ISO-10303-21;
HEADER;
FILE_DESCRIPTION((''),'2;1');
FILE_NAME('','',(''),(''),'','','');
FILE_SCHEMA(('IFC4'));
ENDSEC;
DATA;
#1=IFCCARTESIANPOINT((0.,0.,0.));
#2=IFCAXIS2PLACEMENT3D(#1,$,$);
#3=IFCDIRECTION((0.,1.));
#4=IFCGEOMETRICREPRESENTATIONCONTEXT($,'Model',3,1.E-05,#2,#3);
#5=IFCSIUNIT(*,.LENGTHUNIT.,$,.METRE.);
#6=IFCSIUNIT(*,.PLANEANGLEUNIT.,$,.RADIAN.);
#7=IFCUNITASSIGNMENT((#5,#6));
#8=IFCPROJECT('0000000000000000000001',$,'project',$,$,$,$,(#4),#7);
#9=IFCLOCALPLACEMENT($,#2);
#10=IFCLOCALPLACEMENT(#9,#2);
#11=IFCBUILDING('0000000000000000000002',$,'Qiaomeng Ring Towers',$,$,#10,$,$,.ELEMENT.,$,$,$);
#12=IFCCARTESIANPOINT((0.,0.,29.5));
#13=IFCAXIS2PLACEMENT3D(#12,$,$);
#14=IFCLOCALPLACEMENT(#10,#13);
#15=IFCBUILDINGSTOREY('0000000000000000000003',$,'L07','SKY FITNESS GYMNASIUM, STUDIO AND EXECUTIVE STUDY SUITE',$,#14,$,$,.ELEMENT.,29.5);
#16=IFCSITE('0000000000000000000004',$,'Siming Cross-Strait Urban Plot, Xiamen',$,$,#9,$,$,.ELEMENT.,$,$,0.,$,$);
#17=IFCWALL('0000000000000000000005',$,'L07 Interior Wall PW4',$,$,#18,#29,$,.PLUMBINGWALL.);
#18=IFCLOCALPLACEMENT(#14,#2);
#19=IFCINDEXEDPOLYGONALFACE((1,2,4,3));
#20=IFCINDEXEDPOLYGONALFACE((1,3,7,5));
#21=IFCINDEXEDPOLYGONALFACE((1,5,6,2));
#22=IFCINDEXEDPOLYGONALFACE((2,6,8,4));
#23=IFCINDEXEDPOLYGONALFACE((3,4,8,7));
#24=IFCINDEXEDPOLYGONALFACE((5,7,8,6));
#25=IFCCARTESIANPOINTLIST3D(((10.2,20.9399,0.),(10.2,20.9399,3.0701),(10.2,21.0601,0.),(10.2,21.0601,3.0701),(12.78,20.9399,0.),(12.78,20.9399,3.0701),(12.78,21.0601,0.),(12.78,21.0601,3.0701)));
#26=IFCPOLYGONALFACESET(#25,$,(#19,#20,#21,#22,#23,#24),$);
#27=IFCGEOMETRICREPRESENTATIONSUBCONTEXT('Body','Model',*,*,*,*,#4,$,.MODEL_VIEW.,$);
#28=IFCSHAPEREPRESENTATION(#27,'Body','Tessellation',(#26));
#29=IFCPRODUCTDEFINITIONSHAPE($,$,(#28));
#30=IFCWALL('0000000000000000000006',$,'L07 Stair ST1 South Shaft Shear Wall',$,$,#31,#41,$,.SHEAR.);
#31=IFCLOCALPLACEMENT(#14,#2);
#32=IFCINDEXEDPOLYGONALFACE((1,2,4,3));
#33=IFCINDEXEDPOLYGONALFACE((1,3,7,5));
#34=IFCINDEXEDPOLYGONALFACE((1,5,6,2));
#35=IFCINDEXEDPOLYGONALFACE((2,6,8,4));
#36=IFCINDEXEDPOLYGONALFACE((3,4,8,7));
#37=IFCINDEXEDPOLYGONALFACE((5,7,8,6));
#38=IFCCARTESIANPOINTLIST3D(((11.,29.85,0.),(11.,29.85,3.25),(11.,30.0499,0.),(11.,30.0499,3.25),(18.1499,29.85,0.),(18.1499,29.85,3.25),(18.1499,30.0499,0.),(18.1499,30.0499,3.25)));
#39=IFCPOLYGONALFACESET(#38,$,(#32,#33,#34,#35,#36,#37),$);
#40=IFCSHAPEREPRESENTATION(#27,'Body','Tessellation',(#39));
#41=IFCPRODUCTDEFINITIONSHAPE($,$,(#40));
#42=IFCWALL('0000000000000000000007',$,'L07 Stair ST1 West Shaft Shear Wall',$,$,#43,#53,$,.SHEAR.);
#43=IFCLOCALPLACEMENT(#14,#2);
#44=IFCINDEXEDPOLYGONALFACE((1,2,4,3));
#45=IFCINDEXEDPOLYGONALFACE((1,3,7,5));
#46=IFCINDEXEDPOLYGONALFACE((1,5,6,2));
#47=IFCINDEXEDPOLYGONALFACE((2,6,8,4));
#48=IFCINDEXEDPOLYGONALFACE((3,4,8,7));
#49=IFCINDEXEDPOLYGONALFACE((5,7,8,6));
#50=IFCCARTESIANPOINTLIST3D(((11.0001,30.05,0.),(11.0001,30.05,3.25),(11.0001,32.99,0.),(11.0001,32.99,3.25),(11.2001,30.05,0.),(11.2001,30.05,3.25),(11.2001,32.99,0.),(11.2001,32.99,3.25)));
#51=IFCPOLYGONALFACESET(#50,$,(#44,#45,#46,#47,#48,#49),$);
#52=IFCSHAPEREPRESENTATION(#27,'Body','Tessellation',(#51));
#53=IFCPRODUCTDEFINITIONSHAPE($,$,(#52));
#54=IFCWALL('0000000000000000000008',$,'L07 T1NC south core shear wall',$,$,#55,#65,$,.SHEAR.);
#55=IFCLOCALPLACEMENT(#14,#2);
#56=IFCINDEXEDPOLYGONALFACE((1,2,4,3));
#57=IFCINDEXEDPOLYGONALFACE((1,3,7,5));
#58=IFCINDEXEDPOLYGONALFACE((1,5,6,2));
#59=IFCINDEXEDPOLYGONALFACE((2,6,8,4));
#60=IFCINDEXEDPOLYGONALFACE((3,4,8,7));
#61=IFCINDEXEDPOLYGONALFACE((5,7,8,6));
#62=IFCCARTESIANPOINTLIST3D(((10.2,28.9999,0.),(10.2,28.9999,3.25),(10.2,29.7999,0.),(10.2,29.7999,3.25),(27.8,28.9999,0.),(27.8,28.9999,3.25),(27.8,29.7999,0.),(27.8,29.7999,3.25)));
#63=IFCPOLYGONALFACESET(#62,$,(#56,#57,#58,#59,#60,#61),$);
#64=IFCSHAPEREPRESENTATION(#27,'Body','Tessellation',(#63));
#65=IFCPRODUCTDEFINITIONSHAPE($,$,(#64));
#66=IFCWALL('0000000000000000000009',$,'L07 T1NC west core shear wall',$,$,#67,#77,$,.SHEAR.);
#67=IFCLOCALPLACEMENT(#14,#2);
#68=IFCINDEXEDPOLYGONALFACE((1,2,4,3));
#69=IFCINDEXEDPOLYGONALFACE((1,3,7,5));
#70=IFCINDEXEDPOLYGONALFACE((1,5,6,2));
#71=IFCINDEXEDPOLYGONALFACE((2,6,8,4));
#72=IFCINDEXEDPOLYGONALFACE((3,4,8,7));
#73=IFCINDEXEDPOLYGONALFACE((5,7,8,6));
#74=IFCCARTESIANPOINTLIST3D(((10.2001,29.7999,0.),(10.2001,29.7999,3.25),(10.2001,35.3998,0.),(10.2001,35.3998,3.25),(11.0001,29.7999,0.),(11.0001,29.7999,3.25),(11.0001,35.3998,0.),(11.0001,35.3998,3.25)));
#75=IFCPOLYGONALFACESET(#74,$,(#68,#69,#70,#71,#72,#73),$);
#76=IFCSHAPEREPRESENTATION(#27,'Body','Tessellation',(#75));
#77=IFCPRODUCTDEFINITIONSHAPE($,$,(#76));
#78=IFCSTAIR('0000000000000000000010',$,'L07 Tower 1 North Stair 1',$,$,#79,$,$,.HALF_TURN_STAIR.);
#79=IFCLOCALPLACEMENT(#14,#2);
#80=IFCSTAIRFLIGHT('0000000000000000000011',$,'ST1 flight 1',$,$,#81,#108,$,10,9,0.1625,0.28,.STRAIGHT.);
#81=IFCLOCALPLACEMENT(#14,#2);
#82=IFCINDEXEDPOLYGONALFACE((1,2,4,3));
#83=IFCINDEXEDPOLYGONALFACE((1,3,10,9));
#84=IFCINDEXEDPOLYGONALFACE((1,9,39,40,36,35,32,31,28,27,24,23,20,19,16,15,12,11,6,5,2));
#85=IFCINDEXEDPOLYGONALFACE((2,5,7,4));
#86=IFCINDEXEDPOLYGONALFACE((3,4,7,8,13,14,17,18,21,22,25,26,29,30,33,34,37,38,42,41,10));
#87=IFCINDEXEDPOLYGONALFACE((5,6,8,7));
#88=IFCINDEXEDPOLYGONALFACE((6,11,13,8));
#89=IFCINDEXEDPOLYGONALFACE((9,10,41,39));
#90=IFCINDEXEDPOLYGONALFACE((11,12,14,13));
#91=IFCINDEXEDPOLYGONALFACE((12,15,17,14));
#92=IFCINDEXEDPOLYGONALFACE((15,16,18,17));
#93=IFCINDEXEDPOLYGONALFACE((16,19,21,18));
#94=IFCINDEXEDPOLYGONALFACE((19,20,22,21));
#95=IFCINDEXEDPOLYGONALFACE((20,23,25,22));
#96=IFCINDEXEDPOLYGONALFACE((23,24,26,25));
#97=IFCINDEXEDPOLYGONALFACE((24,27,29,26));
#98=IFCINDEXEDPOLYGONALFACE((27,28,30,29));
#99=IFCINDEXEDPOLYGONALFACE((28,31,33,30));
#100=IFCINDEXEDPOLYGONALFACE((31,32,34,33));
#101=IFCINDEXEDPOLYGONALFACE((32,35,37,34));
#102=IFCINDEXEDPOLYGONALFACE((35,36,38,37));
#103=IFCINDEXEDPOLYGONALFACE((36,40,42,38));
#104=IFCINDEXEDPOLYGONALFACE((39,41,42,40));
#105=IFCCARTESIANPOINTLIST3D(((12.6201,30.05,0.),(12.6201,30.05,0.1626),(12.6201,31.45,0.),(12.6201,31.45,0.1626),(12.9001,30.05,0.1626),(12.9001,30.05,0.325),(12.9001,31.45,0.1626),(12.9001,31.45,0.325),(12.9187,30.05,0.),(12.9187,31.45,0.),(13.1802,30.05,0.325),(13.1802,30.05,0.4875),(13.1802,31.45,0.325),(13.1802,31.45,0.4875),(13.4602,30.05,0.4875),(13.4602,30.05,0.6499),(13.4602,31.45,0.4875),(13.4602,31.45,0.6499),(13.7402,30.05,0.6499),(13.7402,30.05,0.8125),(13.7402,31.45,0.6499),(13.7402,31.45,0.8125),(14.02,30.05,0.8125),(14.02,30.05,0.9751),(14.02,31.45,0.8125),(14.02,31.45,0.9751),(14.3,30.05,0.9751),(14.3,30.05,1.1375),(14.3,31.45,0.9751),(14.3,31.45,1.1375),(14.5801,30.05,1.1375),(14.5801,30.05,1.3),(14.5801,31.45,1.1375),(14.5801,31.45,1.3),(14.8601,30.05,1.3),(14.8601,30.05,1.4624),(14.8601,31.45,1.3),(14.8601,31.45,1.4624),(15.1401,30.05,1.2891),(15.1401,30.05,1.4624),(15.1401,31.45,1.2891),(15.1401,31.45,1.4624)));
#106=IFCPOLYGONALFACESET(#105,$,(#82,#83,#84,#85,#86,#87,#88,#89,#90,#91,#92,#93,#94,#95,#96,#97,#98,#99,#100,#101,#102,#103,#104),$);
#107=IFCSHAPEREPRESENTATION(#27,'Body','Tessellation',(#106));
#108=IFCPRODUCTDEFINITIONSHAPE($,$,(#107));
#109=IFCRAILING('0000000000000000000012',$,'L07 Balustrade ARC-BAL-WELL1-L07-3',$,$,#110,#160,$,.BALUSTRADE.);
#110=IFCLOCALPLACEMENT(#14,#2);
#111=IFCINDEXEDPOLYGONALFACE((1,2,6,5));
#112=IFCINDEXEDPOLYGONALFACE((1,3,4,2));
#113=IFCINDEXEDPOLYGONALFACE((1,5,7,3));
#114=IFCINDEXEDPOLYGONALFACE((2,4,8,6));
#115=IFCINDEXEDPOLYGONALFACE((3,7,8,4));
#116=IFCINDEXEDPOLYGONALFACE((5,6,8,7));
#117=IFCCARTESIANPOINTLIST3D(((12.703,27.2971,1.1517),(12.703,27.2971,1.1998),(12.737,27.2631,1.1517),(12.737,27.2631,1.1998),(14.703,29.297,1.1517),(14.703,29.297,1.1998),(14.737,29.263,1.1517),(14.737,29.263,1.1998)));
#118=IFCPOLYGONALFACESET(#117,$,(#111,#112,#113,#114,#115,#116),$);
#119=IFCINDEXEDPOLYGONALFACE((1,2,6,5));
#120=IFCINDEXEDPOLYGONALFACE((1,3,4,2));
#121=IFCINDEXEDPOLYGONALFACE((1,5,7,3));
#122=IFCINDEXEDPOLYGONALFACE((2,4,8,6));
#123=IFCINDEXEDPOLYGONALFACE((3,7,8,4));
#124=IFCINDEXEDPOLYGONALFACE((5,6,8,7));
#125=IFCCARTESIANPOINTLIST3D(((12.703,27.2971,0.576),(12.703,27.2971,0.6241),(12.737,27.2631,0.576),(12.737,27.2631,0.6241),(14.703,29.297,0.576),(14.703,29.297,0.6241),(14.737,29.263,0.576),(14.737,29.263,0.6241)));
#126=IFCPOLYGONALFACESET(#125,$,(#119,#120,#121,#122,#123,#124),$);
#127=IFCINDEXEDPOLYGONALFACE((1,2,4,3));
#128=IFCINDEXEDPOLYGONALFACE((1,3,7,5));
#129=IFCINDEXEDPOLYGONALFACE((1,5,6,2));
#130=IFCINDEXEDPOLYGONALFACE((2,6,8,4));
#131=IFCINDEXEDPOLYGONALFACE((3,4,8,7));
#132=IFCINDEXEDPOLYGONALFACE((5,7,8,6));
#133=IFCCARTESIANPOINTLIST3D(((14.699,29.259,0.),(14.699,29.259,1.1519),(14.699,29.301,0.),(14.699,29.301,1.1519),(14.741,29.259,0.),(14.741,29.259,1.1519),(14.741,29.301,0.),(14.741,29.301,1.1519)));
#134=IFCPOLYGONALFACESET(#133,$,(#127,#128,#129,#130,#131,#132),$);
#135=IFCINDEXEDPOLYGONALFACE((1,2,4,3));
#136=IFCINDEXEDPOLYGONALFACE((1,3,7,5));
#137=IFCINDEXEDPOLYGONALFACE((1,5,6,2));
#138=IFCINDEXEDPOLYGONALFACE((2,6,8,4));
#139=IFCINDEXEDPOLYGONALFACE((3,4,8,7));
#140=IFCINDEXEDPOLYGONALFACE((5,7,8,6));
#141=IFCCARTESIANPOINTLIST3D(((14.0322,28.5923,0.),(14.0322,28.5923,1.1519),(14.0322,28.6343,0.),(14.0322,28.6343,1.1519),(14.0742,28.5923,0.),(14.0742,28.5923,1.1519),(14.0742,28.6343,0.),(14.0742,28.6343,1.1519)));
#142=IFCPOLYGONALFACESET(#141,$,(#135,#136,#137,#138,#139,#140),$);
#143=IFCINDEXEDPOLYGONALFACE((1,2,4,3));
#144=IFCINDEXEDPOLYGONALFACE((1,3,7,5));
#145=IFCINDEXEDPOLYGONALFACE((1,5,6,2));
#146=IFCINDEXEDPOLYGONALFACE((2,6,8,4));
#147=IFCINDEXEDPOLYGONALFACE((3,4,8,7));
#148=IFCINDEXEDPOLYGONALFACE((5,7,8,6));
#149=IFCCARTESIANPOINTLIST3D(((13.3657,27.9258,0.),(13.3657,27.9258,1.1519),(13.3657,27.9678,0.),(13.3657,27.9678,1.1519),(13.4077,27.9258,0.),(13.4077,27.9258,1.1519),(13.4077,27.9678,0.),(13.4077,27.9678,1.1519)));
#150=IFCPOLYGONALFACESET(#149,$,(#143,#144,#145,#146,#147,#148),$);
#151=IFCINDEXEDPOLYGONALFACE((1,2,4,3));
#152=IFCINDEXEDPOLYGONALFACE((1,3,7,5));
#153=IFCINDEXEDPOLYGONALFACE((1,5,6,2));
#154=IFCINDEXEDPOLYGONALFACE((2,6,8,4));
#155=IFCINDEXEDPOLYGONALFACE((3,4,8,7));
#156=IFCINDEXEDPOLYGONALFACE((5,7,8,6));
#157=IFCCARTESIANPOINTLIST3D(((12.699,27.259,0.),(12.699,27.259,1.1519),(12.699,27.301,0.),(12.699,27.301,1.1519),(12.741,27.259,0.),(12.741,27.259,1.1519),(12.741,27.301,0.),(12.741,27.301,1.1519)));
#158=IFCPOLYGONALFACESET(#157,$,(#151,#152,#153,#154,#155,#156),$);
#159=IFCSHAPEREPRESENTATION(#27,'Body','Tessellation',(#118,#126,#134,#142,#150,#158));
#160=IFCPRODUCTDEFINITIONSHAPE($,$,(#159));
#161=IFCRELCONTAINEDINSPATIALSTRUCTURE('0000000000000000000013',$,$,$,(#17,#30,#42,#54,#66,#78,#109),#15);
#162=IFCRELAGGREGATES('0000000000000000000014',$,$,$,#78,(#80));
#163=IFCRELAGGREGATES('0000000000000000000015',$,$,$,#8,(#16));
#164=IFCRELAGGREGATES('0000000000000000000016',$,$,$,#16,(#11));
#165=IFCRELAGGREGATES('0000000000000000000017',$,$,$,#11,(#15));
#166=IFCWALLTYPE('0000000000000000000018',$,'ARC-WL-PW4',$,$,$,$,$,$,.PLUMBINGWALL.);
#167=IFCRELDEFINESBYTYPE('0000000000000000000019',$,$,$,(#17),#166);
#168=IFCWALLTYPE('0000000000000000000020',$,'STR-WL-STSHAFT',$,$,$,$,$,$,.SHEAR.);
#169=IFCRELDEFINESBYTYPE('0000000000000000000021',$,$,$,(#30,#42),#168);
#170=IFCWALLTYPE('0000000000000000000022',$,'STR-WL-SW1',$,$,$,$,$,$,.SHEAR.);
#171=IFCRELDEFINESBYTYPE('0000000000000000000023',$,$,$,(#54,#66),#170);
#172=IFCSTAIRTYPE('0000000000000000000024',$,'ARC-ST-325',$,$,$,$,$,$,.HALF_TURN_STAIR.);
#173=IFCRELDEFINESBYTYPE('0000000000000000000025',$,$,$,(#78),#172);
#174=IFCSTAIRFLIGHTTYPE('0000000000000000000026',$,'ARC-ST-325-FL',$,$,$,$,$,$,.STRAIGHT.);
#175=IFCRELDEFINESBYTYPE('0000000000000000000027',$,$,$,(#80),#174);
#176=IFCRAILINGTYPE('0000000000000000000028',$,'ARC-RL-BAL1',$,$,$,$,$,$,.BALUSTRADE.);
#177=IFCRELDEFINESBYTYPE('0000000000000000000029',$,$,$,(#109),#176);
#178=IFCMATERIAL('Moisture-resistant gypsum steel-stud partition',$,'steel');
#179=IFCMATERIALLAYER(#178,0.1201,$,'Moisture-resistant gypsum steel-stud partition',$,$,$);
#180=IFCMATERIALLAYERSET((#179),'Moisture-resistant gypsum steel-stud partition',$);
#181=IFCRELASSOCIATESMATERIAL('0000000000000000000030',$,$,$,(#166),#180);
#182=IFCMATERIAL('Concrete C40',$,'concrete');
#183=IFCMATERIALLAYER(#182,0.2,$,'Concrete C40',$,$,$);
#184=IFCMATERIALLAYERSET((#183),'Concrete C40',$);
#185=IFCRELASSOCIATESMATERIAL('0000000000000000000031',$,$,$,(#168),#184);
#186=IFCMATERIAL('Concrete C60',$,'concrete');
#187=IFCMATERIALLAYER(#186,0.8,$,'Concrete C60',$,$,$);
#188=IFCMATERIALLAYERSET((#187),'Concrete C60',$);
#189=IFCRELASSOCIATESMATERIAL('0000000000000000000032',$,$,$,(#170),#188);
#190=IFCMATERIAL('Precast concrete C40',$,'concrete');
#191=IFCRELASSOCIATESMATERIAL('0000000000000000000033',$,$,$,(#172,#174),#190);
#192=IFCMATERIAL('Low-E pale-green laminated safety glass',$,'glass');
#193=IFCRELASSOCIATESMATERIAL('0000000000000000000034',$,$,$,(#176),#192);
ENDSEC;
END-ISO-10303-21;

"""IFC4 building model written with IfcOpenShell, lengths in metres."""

from ifc_helpers import new_model, si_unit, direction, frame, frame_2d, origin, origin_2d, place, context, subcontext, project, spatial, polyline, rectangle, outline, extrude, source, transform, mapped, material, layer, layer_set, type_object, element, aggregate, save


model = new_model("IFC4")

# Units and contexts
model_context = context("Model", 3, precision=1e-05, world=origin(), true_north=direction((0.0, 1.0)))
body_context = subcontext(model_context, "Body", "Model", "MODEL_VIEW")
ifc_project = project(units=[si_unit("LENGTHUNIT", "METRE"), si_unit("PLANEANGLEUNIT", "RADIAN")], contexts=[model_context])

# Site, building, storey
site_placement = place(None, origin())
site = spatial("IfcSite", under=ifc_project, at=site_placement, Name="Siming Cross-Strait Urban Plot, Xiamen", CompositionType="ELEMENT", RefElevation=0.0)
building_placement = place(site_placement, origin())
building = spatial("IfcBuilding", under=site, at=building_placement, Name="Qiaomeng Ring Towers", CompositionType="ELEMENT")
storey_placement = place(building_placement, frame((0.0, 0.0, 29.5)))
storey = spatial("IfcBuildingStorey", under=building, at=storey_placement, Name="L07", Description="SKY FITNESS GYMNASIUM, STUDIO AND EXECUTIVE STUDY SUITE", CompositionType="ELEMENT", Elevation=29.5)

# Shared definitions
ifc_material_1 = material(Name="Concrete C60", Category="concrete")

# Walls
ifc_material_2 = material(Name="Moisture-resistant gypsum steel-stud partition", Category="steel")
ifc_layer_1 = layer(ifc_material_2, 0.1201, Name="Moisture-resistant gypsum steel-stud partition")
ifc_layer_set_1 = layer_set([ifc_layer_1], Name="Moisture-resistant gypsum steel-stud partition")
wall_type_1 = type_object("IfcWallType", Name="ARC-WL-PW4", PredefinedType="PLUMBINGWALL", material=ifc_layer_set_1)
wall_1_placement = place(storey_placement, frame((10.2, 21.0, 0.0), z_axis=(0.0, 0.0, 1.0), x_axis=(1.0, 0.0, 0.0)))
element("IfcWall", 1, at=wall_1_placement, inside=storey, type_object=wall_type_1, Name="L07 Interior Wall PW4", PredefinedType="PLUMBINGWALL", context=body_context, shape_type="SweptSolid", body=[
    extrude(rectangle(XDim=2.5801, YDim=0.1201, at=frame_2d((1.29, 0.0))), origin(), (0.0, 0.0, 1.0), 3.0701),
])
ifc_material_3 = material(Name="Concrete C40", Category="concrete")
ifc_layer_2 = layer(ifc_material_3, 0.2, Name="Concrete C40")
ifc_layer_set_2 = layer_set([ifc_layer_2], Name="Concrete C40")
wall_type_2 = type_object("IfcWallType", Name="STR-WL-STSHAFT", PredefinedType="SHEAR", material=ifc_layer_set_2)
wall_2_placement = place(storey_placement, frame((11.0, 29.95, 0.0), z_axis=(0.0, 0.0, 1.0), x_axis=(1.0, 0.0, 0.0)))
element("IfcWall", 2, at=wall_2_placement, inside=storey, type_object=wall_type_2, Name="L07 Stair ST1 South Shaft Shear Wall", PredefinedType="SHEAR", context=body_context, shape_type="SweptSolid", body=[
    extrude(rectangle(XDim=7.1499, YDim=0.2, at=frame_2d((3.575, 0.0))), origin(), (0.0, 0.0, 1.0), 3.25),
])
wall_3_placement = place(storey_placement, frame((11.1001, 30.05, 0.0), z_axis=(0.0, 0.0, 1.0), x_axis=(0.0, 1.0, 0.0)))
element("IfcWall", 3, at=wall_3_placement, inside=storey, type_object=wall_type_2, Name="L07 Stair ST1 West Shaft Shear Wall", PredefinedType="SHEAR", context=body_context, shape_type="SweptSolid", body=[
    extrude(rectangle(XDim=2.9399, YDim=0.2, at=frame_2d((1.47, 0.0))), origin(), (0.0, 0.0, 1.0), 3.25),
])
ifc_layer_3 = layer(ifc_material_1, 0.8, Name="Concrete C60")
ifc_layer_set_3 = layer_set([ifc_layer_3], Name="Concrete C60")
wall_type_3 = type_object("IfcWallType", Name="STR-WL-SW1", PredefinedType="SHEAR", material=ifc_layer_set_3)
wall_4_placement = place(storey_placement, frame((10.2, 29.3999, 0.0), z_axis=(0.0, 0.0, 1.0), x_axis=(1.0, 0.0, 0.0)))
element("IfcWall", 4, at=wall_4_placement, inside=storey, type_object=wall_type_3, Name="L07 T1NC south core shear wall", PredefinedType="SHEAR", context=body_context, shape_type="SweptSolid", body=[
    extrude(rectangle(XDim=17.6001, YDim=0.8, at=frame_2d((8.8, 0.0))), origin(), (0.0, 0.0, 1.0), 3.25),
])
wall_5_placement = place(storey_placement, frame((10.6001, 29.8, 0.0), z_axis=(0.0, 0.0, 1.0), x_axis=(0.0, 1.0, 0.0)))
element("IfcWall", 5, at=wall_5_placement, inside=storey, type_object=wall_type_3, Name="L07 T1NC west core shear wall", PredefinedType="SHEAR", context=body_context, shape_type="SweptSolid", body=[
    extrude(rectangle(XDim=5.5999, YDim=0.8, at=frame_2d((2.7998, 0.0))), origin(), (0.0, 0.0, 1.0), 3.25),
])

# Stair, stair flight
ifc_material_4 = material(Name="Precast concrete C40", Category="concrete")
stair_type = type_object("IfcStairType", Name="ARC-ST-325", PredefinedType="HALF_TURN_STAIR", material=ifc_material_4)
stair_placement = place(storey_placement, origin())
stair = element("IfcStair", 6, at=stair_placement, inside=storey, type_object=stair_type, Name="L07 Tower 1 North Stair 1", PredefinedType="HALF_TURN_STAIR")
stair_flight_type = type_object("IfcStairFlightType", Name="ARC-ST-325-FL", PredefinedType="STRAIGHT", material=ifc_material_4)
shared_shape_1 = source(origin(), body_context, "Body", "SweptSolid", [
    extrude(outline(polyline([(0.0, 0.0), (0.0, 0.1626), (0.28, 0.1626), (0.28, 0.325), (0.5601, 0.325), (0.5601, 0.4875), (0.8401, 0.4875), (0.8401, 0.6499), (1.1201, 0.6499), (1.1201, 0.8125), (1.3999, 0.8125), (1.3999, 0.9751), (1.6799, 0.9751), (1.6799, 1.1375), (1.96, 1.1375), (1.96, 1.3), (2.24, 1.3), (2.24, 1.4624), (2.52, 1.4624), (2.52, 1.625), (2.52, 1.2891), (0.2986, 0.0), (0.0, 0.0)])), frame((0.0, 0.7, 0.0), z_axis=(0.0, -1.0, 0.0), x_axis=(1.0, 0.0, 0.0)), (0.0, 0.0, 1.0), 1.3999),
])
stair_flight_placement = place(storey_placement, frame((12.6201, 30.75, 0.0), z_axis=(0.0, 0.0, 1.0), x_axis=(1.0, 0.0, 0.0)))
stair_flight = element("IfcStairFlight", 7, at=stair_flight_placement, type_object=stair_flight_type, Name="ST1 flight 1", NumberOfRisers=10, NumberOfTreads=9, PredefinedType="STRAIGHT", RiserHeight=0.1625, TreadLength=0.28, context=body_context, shape_type="MappedRepresentation", body=[
    mapped(shared_shape_1, transform((0.0, 0.0, 0.0), x_axis=(1.0, 0.0, 0.0), y_axis=(0.0, 1.0, 0.0), z_axis=(0.0, 0.0, 1.0), scale=1.0)),
])
aggregate(stair, [stair_flight])

# Railing
ifc_material_5 = material(Name="Low-E pale-green laminated safety glass", Category="glass")
railing_type_1 = type_object("IfcRailingType", Name="ARC-RL-BAL1", PredefinedType="BALUSTRADE", material=ifc_material_5)
railing_1_placement = place(storey_placement, frame((14.72, 29.28, 0.0)))
element("IfcRailing", 8, at=railing_1_placement, inside=storey, type_object=railing_type_1, Name="L07 Balustrade ARC-BAL-WELL1-L07-3", PredefinedType="BALUSTRADE", context=body_context, shape_type="SweptSolid", body=[
    extrude(rectangle(XDim=0.0481, YDim=0.0481, at=origin_2d()), frame((0.0, 0.0, 1.1758), z_axis=(-0.707107, -0.707107, 0.0), x_axis=(0.707107, -0.707107, 0.0)), (0.0, 0.0, 1.0), 2.8284),
    extrude(rectangle(XDim=0.0481, YDim=0.0481, at=origin_2d()), frame((0.0, 0.0, 0.6001), z_axis=(-0.707107, -0.707107, 0.0), x_axis=(0.707107, -0.707107, 0.0)), (0.0, 0.0, 1.0), 2.8284),
    extrude(rectangle(XDim=0.042, YDim=0.042, at=origin_2d()), origin(), (0.0, 0.0, 1.0), 1.1519),
    extrude(rectangle(XDim=0.042, YDim=0.042, at=origin_2d()), frame((-0.6667, -0.6667, 0.0)), (0.0, 0.0, 1.0), 1.1519),
    extrude(rectangle(XDim=0.042, YDim=0.042, at=origin_2d()), frame((-1.3333, -1.3333, 0.0)), (0.0, 0.0, 1.0), 1.1519),
    extrude(rectangle(XDim=0.042, YDim=0.042, at=origin_2d()), frame((-2.0, -2.0, 0.0)), (0.0, 0.0, 1.0), 1.1519),
])

save(model, "model.ifc")
